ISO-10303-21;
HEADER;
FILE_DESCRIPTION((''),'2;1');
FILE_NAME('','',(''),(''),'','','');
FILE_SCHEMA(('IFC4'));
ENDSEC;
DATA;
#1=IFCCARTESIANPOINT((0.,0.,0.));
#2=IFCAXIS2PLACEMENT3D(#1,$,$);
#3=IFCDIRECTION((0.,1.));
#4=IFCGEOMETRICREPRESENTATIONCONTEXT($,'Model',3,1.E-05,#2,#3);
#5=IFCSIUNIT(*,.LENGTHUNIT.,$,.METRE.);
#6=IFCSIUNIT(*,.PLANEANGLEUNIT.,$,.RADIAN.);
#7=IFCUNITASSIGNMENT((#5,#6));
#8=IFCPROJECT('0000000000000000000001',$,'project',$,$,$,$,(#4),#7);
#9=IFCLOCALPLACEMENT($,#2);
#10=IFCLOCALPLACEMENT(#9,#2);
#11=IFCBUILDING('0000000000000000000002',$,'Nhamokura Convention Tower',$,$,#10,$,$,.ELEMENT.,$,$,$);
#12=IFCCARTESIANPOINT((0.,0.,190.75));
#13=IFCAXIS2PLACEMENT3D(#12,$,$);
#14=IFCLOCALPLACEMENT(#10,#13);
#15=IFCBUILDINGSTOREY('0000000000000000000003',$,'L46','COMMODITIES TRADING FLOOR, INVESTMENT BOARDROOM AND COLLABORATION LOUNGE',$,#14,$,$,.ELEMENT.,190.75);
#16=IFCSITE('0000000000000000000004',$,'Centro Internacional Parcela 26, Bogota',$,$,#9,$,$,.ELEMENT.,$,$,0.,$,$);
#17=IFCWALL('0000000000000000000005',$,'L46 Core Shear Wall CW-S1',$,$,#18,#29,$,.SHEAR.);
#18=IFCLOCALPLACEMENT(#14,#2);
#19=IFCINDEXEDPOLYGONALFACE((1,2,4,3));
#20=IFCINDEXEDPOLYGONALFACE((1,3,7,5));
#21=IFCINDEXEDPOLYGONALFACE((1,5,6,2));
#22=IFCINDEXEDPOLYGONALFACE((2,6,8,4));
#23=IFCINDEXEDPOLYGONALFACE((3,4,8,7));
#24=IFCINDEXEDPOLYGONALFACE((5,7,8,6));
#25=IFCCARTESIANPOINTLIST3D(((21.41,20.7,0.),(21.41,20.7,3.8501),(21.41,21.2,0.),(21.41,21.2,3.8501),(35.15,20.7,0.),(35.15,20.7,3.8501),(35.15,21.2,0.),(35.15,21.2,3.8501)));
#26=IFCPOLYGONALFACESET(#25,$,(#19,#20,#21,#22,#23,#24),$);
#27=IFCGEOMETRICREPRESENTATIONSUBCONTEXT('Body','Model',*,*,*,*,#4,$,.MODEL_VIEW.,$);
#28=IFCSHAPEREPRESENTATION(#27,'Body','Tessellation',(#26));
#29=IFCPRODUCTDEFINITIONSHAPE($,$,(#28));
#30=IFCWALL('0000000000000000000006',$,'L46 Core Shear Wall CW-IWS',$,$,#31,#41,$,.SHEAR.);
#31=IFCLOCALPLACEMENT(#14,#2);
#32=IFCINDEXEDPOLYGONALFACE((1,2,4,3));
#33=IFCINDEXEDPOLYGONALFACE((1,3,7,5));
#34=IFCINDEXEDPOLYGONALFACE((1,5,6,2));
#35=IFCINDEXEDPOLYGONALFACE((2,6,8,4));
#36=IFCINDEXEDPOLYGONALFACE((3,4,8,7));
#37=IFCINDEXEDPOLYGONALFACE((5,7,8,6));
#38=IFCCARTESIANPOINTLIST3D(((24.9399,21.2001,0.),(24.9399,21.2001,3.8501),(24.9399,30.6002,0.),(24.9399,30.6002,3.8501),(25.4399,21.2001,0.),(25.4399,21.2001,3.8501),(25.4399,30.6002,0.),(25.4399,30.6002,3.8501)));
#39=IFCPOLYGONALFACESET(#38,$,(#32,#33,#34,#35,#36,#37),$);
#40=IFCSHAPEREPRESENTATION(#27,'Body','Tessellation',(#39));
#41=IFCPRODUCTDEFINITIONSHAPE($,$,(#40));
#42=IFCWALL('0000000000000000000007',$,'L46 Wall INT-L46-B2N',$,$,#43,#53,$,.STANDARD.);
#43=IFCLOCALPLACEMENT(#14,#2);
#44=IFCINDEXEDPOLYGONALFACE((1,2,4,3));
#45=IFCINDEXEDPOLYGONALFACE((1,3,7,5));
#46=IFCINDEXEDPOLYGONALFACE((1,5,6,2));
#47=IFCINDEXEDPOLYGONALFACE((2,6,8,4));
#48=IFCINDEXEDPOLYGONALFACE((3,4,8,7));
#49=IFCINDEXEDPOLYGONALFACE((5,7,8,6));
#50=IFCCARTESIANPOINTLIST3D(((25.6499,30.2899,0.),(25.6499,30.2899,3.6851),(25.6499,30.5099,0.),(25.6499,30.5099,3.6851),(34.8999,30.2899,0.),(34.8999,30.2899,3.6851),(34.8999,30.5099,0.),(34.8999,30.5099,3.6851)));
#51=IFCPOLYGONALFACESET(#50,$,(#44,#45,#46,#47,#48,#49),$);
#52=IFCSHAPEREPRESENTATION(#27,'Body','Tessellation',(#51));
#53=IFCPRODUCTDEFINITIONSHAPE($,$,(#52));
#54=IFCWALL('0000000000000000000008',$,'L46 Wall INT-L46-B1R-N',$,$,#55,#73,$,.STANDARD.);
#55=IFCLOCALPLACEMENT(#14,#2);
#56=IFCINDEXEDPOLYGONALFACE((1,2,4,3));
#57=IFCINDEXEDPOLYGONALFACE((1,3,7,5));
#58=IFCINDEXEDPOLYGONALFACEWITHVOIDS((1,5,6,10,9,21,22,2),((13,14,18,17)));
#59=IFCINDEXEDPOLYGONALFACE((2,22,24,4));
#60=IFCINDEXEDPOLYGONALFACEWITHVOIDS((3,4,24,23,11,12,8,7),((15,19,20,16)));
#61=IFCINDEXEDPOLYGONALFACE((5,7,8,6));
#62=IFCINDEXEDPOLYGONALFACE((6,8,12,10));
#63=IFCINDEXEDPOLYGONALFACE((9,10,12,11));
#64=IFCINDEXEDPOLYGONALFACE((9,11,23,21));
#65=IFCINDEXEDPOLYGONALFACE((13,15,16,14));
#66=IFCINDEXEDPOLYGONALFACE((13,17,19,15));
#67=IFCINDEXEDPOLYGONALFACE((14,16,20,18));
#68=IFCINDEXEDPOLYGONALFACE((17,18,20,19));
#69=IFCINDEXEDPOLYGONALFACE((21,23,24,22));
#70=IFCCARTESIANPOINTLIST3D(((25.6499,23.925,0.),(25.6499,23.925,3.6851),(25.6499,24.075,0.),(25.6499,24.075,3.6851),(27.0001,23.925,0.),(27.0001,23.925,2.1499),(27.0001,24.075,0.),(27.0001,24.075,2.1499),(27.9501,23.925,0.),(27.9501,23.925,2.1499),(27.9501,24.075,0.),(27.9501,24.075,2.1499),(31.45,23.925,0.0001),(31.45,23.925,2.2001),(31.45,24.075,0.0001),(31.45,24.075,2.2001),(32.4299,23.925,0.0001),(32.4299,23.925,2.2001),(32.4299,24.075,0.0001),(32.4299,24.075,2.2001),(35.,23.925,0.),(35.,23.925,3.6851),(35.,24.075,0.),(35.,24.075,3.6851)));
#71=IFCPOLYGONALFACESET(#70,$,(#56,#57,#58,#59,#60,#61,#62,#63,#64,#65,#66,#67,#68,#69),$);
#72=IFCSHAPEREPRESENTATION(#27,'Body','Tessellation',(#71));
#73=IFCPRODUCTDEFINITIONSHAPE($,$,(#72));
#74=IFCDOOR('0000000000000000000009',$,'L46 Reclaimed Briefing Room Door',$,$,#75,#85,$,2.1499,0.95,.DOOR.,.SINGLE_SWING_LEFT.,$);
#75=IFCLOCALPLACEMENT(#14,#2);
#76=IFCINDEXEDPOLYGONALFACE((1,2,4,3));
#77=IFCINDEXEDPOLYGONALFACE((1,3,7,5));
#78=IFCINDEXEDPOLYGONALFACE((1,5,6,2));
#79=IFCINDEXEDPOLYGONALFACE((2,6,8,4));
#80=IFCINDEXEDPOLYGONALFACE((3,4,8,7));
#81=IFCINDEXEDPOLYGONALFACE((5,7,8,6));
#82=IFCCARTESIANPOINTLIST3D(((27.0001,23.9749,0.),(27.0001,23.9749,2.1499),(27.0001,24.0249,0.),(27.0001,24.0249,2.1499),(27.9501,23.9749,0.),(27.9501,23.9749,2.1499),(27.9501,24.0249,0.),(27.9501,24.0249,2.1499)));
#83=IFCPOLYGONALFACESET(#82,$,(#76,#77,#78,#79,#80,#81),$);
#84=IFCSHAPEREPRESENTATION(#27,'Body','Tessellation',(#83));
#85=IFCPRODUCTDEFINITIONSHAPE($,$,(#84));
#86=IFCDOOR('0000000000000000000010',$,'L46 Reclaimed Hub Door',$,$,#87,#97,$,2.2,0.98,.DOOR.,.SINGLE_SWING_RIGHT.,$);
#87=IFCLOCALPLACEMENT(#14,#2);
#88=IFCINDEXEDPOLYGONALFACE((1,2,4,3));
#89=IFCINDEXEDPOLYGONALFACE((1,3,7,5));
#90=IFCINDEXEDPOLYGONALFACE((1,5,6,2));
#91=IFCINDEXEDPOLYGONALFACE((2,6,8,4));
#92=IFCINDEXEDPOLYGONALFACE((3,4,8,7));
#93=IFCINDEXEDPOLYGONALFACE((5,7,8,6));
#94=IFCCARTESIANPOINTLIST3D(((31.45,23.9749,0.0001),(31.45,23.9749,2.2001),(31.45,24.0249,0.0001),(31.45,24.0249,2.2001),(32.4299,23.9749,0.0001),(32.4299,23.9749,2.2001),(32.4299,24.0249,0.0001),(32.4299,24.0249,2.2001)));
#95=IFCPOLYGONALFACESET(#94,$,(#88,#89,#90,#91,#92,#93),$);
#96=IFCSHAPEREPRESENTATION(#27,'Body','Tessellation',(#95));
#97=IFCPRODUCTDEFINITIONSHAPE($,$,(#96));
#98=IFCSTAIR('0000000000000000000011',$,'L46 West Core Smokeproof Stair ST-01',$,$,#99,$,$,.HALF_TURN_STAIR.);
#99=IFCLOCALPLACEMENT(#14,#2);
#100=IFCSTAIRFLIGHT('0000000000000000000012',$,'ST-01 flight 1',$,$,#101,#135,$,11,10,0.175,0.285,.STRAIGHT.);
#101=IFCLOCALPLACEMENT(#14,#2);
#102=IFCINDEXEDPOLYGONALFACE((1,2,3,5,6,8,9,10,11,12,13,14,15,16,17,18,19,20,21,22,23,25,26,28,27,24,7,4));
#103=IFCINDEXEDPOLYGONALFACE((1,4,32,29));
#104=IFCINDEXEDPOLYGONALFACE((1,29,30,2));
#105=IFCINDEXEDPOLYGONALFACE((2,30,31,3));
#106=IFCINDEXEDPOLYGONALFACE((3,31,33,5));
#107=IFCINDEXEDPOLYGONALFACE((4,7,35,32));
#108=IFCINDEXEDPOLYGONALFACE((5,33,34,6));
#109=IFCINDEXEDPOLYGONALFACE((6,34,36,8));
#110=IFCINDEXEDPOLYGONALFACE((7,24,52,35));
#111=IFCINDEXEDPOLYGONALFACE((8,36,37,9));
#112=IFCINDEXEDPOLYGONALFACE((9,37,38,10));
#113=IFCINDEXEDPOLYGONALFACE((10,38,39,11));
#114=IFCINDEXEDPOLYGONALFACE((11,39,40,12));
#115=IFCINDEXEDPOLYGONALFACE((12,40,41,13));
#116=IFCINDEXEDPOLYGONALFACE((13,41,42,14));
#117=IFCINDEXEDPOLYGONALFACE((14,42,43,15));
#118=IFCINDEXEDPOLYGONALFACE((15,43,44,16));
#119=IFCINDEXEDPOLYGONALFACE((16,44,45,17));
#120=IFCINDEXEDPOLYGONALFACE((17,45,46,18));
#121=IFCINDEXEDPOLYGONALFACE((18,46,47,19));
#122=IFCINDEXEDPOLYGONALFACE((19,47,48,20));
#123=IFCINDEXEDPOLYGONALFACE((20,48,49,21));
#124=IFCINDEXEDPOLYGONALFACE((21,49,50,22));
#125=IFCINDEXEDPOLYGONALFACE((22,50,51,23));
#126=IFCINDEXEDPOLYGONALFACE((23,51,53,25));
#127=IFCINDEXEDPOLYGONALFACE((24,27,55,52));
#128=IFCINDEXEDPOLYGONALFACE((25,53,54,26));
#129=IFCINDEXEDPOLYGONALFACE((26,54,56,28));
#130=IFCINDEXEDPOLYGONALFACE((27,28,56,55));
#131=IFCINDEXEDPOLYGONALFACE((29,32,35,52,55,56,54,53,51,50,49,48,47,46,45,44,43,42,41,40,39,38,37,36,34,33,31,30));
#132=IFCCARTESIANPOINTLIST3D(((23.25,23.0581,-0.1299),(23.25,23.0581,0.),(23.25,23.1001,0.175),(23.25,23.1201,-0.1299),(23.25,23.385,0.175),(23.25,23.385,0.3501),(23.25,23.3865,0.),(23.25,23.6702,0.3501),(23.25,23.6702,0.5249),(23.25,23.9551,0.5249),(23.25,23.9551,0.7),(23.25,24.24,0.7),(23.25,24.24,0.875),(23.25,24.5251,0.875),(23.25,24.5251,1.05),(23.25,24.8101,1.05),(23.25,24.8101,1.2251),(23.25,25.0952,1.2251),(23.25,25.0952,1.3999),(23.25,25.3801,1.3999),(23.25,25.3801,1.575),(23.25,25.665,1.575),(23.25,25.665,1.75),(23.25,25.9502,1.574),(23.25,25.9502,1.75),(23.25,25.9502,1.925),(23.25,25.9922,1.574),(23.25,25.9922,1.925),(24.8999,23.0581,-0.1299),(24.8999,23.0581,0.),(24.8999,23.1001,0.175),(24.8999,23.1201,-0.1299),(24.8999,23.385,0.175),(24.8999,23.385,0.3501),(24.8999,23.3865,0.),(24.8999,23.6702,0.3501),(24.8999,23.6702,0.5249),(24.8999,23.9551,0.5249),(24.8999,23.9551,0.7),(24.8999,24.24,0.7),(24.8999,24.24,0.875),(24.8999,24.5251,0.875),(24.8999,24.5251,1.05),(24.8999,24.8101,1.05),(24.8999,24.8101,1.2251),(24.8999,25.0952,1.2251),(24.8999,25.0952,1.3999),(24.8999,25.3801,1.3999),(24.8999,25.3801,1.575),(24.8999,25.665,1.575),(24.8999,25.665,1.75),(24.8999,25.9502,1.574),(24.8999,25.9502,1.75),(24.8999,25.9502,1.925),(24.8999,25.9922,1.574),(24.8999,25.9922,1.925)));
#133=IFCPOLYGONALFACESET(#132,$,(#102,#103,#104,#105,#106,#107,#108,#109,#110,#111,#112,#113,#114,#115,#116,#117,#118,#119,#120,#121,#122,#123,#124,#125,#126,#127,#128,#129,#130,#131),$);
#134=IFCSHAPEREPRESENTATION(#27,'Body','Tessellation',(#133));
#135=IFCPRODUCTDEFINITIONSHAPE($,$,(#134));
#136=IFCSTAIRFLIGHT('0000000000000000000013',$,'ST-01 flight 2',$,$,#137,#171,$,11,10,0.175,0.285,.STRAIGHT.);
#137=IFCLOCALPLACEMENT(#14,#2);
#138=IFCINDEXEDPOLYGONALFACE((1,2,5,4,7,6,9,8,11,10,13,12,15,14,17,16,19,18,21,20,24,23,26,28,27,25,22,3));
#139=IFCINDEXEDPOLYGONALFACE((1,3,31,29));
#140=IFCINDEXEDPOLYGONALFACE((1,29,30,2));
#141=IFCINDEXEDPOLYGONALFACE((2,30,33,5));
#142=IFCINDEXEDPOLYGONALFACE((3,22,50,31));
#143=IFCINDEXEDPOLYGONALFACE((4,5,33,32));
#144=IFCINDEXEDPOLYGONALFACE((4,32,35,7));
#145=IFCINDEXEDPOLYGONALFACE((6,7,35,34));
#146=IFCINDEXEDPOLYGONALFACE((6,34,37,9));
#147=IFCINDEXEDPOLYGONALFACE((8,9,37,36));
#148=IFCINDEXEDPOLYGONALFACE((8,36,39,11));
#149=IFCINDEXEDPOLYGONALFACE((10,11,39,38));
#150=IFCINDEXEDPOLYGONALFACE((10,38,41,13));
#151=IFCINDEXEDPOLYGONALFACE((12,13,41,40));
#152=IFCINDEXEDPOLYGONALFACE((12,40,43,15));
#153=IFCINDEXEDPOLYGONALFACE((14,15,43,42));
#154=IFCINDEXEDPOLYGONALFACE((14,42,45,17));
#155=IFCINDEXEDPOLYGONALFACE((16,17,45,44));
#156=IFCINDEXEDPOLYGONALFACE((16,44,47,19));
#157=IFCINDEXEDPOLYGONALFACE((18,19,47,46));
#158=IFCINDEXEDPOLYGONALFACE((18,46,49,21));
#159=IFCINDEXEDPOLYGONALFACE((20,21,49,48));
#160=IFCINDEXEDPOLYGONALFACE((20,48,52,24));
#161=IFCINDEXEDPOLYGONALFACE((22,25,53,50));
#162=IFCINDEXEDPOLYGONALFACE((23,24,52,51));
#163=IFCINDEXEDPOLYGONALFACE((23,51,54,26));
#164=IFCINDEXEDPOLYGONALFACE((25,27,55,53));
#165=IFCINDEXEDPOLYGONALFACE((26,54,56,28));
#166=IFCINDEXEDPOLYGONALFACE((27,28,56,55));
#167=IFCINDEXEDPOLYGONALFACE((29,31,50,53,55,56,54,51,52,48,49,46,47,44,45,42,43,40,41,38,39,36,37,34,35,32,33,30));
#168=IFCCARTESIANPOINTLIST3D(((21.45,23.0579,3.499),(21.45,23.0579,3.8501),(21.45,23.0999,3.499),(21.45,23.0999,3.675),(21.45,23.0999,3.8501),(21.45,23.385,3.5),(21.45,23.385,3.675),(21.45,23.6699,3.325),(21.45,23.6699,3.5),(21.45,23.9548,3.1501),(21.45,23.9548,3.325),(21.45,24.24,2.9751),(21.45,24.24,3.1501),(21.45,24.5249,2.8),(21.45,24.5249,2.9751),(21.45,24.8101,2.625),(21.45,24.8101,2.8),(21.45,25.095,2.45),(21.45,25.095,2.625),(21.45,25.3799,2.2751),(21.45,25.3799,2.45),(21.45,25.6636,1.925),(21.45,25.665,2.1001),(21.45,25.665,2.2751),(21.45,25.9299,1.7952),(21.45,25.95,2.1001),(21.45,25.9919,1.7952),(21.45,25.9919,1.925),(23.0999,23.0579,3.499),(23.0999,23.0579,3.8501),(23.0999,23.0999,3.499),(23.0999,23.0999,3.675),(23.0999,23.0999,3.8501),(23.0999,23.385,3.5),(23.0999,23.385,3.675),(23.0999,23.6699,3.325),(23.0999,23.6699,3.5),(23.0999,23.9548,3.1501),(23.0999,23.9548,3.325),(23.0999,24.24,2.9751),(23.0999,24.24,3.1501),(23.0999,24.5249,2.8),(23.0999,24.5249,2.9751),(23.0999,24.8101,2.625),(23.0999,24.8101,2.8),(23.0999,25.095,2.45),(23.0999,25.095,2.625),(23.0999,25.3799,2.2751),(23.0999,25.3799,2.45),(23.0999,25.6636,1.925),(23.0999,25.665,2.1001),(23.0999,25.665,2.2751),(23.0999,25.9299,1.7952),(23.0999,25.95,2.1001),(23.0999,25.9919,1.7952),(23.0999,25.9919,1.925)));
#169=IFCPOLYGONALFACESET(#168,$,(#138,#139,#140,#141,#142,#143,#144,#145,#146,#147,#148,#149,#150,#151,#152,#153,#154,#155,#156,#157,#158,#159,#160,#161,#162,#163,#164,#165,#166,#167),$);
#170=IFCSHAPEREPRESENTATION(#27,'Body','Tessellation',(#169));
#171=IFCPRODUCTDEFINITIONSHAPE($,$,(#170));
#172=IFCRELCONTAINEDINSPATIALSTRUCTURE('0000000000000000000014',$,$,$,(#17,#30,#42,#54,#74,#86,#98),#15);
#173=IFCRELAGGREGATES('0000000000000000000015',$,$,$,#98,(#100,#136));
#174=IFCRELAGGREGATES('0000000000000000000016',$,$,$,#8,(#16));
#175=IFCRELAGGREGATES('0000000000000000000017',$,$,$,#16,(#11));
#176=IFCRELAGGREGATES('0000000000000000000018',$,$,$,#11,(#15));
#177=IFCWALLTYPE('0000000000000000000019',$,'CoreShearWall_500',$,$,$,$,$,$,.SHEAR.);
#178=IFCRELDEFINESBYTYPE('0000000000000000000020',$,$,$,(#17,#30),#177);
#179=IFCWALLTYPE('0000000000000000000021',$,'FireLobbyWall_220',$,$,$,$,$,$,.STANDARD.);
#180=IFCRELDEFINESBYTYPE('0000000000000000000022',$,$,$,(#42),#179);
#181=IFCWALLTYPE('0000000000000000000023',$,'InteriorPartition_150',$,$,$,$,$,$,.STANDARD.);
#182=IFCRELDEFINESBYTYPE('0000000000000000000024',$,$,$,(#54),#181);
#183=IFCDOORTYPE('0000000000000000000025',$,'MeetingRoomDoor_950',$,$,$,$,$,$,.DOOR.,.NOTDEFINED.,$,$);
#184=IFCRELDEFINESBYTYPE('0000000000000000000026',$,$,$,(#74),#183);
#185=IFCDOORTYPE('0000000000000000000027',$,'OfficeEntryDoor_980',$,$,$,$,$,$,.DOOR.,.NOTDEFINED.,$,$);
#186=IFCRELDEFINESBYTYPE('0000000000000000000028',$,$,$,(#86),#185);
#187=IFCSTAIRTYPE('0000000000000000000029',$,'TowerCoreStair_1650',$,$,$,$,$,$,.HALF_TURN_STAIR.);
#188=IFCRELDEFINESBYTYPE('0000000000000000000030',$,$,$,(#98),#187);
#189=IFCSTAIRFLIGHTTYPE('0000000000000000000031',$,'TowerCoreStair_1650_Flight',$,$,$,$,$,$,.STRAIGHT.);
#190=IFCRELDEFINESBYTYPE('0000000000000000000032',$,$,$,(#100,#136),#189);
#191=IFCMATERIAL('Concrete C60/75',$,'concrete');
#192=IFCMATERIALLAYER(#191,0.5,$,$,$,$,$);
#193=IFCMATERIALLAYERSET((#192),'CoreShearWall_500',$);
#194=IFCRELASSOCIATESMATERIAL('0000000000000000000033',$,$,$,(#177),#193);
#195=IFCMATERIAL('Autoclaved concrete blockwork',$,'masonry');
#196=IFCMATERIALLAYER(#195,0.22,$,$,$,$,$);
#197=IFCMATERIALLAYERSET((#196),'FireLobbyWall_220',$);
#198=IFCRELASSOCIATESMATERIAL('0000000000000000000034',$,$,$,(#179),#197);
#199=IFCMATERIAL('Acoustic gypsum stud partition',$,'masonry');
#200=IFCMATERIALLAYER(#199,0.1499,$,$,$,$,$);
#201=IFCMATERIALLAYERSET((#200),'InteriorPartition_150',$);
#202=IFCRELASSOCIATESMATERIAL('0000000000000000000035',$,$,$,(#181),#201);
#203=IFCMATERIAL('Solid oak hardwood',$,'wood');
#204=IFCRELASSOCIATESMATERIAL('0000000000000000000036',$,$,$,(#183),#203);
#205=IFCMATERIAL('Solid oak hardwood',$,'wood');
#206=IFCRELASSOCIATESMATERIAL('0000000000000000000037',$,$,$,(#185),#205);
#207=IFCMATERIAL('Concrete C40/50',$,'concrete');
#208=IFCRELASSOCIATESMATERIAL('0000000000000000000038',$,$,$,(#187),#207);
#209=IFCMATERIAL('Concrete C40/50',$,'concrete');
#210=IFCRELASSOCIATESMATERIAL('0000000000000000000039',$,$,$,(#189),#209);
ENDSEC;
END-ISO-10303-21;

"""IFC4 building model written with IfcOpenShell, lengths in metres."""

from ifc_helpers import new_model, si_unit, direction, frame, frame_2d, origin, place, context, subcontext, project, spatial, polyline, rectangle, outline, extrude, material, layer, layer_set, type_object, element, fill, aggregate, save


model = new_model("IFC4")

# Units and contexts
model_context = context("Model", 3, precision=1e-05, world=origin(), true_north=direction((0.0, 1.0)))
body_context = subcontext(model_context, "Body", "Model", "MODEL_VIEW")
ifc_project = project(units=[si_unit("LENGTHUNIT", "METRE"), si_unit("PLANEANGLEUNIT", "RADIAN")], contexts=[model_context])

# Site, building, storey
site_placement = place(None, origin())
site = spatial("IfcSite", under=ifc_project, at=site_placement, Name="Centro Internacional Parcela 26, Bogota", CompositionType="ELEMENT", RefElevation=0.0)
building_placement = place(site_placement, origin())
building = spatial("IfcBuilding", under=site, at=building_placement, Name="Nhamokura Convention Tower", CompositionType="ELEMENT")
storey_placement = place(building_placement, frame((0.0, 0.0, 190.75)))
storey = spatial("IfcBuildingStorey", under=building, at=storey_placement, Name="L46", Description="COMMODITIES TRADING FLOOR, INVESTMENT BOARDROOM AND COLLABORATION LOUNGE", CompositionType="ELEMENT", Elevation=190.75)

# Shared definitions
ifc_material_1 = material(Name="Concrete C60/75", Category="concrete")
ifc_layer_1 = layer(ifc_material_1, 0.5)
ifc_layer_set_1 = layer_set([ifc_layer_1], Name="CoreShearWall_500")
wall_type_1 = type_object("IfcWallType", Name="CoreShearWall_500", PredefinedType="SHEAR", material=ifc_layer_set_1)

# Walls
wall_1_placement = place(storey_placement, frame((21.4099, 20.95, 0.0), z_axis=(0.0, 0.0, 1.0), x_axis=(1.0, 0.0, 0.0)))
element("IfcWall", 1, at=wall_1_placement, inside=storey, type_object=wall_type_1, Name="L46 Core Shear Wall CW-S1", PredefinedType="SHEAR", context=body_context, shape_type="SweptSolid", body=[
    extrude(rectangle(XDim=13.74, YDim=0.5, at=frame_2d((6.8701, 0.0))), origin(), (0.0, 0.0, 1.0), 3.8501),
])
wall_2_placement = place(storey_placement, frame((25.1899, 21.2, 0.0), z_axis=(0.0, 0.0, 1.0), x_axis=(0.0, 1.0, 0.0)))
element("IfcWall", 2, at=wall_2_placement, inside=storey, type_object=wall_type_1, Name="L46 Core Shear Wall CW-IWS", PredefinedType="SHEAR", context=body_context, shape_type="SweptSolid", body=[
    extrude(rectangle(XDim=9.4001, YDim=0.5, at=frame_2d((4.7002, 0.0))), origin(), (0.0, 0.0, 1.0), 3.8501),
])

# Shared definitions
ifc_material_2 = material(Name="Autoclaved concrete blockwork", Category="masonry")
ifc_layer_2 = layer(ifc_material_2, 0.22)
ifc_layer_set_2 = layer_set([ifc_layer_2], Name="FireLobbyWall_220")
wall_type_2 = type_object("IfcWallType", Name="FireLobbyWall_220", PredefinedType="STANDARD", material=ifc_layer_set_2)

# Wall
wall_3_placement = place(storey_placement, frame((25.6499, 30.3999, 0.0), z_axis=(0.0, 0.0, 1.0), x_axis=(1.0, 0.0, 0.0)))
element("IfcWall", 3, at=wall_3_placement, inside=storey, type_object=wall_type_2, Name="L46 Wall INT-L46-B2N", PredefinedType="STANDARD", context=body_context, shape_type="SweptSolid", body=[
    extrude(rectangle(XDim=9.25, YDim=0.22, at=frame_2d((4.625, 0.0))), origin(), (0.0, 0.0, 1.0), 3.6851),
])

# Wall, openings, doors
ifc_material_3 = material(Name="Acoustic gypsum stud partition", Category="masonry")
ifc_layer_3 = layer(ifc_material_3, 0.1499)
ifc_layer_set_3 = layer_set([ifc_layer_3], Name="InteriorPartition_150")
wall_type_3 = type_object("IfcWallType", Name="InteriorPartition_150", PredefinedType="STANDARD", material=ifc_layer_set_3)
wall_4_placement = place(storey_placement, frame((25.6499, 24.0, 0.0), z_axis=(0.0, 0.0, 1.0), x_axis=(1.0, 0.0, 0.0)))
wall_4 = element("IfcWall", 4, at=wall_4_placement, inside=storey, type_object=wall_type_3, Name="L46 Wall INT-L46-B1R-N", PredefinedType="STANDARD", context=body_context, shape_type="SweptSolid", body=[
    extrude(rectangle(XDim=9.3501, YDim=0.1499, at=frame_2d((4.675, 0.0))), origin(), (0.0, 0.0, 1.0), 3.6851),
])
opening_1_placement = place(wall_4_placement, frame((1.3501, 0.0, 0.0)))
opening_1 = element("IfcOpeningElement", 5, at=opening_1_placement, cuts=wall_4, PredefinedType="OPENING", context=body_context, shape_type="SweptSolid", body=[
    extrude(rectangle(XDim=0.95, YDim=2.1499, at=frame_2d((0.4751, 1.075))), frame((0.0, 0.085, 0.0), z_axis=(0.0, -1.0, 0.0), x_axis=(1.0, 0.0, 0.0)), (0.0, 0.0, 1.0), 0.1699),
])
opening_2_placement = place(wall_4_placement, frame((5.8, 0.0, 0.0)))
opening_2 = element("IfcOpeningElement", 6, at=opening_2_placement, cuts=wall_4, PredefinedType="OPENING", context=body_context, shape_type="SweptSolid", body=[
    extrude(rectangle(XDim=0.98, YDim=2.2, at=frame_2d((0.49, 1.1001))), frame((0.0, 0.085, 0.0), z_axis=(0.0, -1.0, 0.0), x_axis=(1.0, 0.0, 0.0)), (0.0, 0.0, 1.0), 0.1699),
])
ifc_material_4 = material(Name="Solid oak hardwood", Category="wood")
door_type_1 = type_object("IfcDoorType", Name="MeetingRoomDoor_950", OperationType="NOTDEFINED", PredefinedType="DOOR", material=ifc_material_4)
door_1_placement = place(opening_1_placement, origin())
door_1 = element("IfcDoor", 7, at=door_1_placement, inside=storey, type_object=door_type_1, Name="L46 Reclaimed Briefing Room Door", OperationType="SINGLE_SWING_LEFT", OverallHeight=2.1499, OverallWidth=0.95, PredefinedType="DOOR", context=body_context, shape_type="SweptSolid", body=[
    extrude(rectangle(XDim=0.95, YDim=2.1499, at=frame_2d((0.4751, 1.075))), frame((0.0, 0.0249, 0.0), z_axis=(0.0, -1.0, 0.0), x_axis=(1.0, 0.0, 0.0)), (0.0, 0.0, 1.0), 0.05),
])
fill(opening_1, door_1)
ifc_material_5 = material(Name="Solid oak hardwood", Category="wood")
door_type_2 = type_object("IfcDoorType", Name="OfficeEntryDoor_980", OperationType="NOTDEFINED", PredefinedType="DOOR", material=ifc_material_5)
door_2_placement = place(opening_2_placement, origin())
door_2 = element("IfcDoor", 8, at=door_2_placement, inside=storey, type_object=door_type_2, Name="L46 Reclaimed Hub Door", OperationType="SINGLE_SWING_RIGHT", OverallHeight=2.2, OverallWidth=0.98, PredefinedType="DOOR", context=body_context, shape_type="SweptSolid", body=[
    extrude(rectangle(XDim=0.98, YDim=2.2, at=frame_2d((0.49, 1.1001))), frame((0.0, 0.0249, 0.0), z_axis=(0.0, -1.0, 0.0), x_axis=(1.0, 0.0, 0.0)), (0.0, 0.0, 1.0), 0.05),
])
fill(opening_2, door_2)

# Stair, stair flights
ifc_material_6 = material(Name="Concrete C40/50", Category="concrete")
stair_type = type_object("IfcStairType", Name="TowerCoreStair_1650", PredefinedType="HALF_TURN_STAIR", material=ifc_material_6)
stair_placement = place(storey_placement, origin())
stair = element("IfcStair", 9, at=stair_placement, inside=storey, type_object=stair_type, Name="L46 West Core Smokeproof Stair ST-01", PredefinedType="HALF_TURN_STAIR")
ifc_material_7 = material(Name="Concrete C40/50", Category="concrete")
stair_flight_type = type_object("IfcStairFlightType", Name="TowerCoreStair_1650_Flight", PredefinedType="STRAIGHT", material=ifc_material_7)
stair_flight_1_placement = place(storey_placement, frame((24.075, 23.1001, 0.0), z_axis=(0.0, 0.0, 1.0), x_axis=(0.0, 1.0, 0.0)))
stair_flight_1 = element("IfcStairFlight", 10, at=stair_flight_1_placement, type_object=stair_flight_type, Name="ST-01 flight 1", NumberOfRisers=11, NumberOfTreads=10, PredefinedType="STRAIGHT", RiserHeight=0.175, TreadLength=0.285, context=body_context, shape_type="SweptSolid", body=[
    extrude(outline(polyline([(-0.042, 0.0), (0.0, 0.175), (0.2849, 0.175), (0.2849, 0.3501), (0.5701, 0.3501), (0.5701, 0.5249), (0.855, 0.5249), (0.855, 0.7), (1.1399, 0.7), (1.1399, 0.875), (1.425, 0.875), (1.425, 1.05), (1.71, 1.05), (1.71, 1.2251), (1.9951, 1.2251), (1.9951, 1.3999), (2.28, 1.3999), (2.28, 1.575), (2.5649, 1.575), (2.5649, 1.75), (2.8501, 1.75), (2.8501, 1.925), (2.8921, 1.925), (2.8921, 1.574), (2.8501, 1.574), (0.2864, 0.0), (0.02, -0.1299), (-0.042, -0.1299), (-0.042, 0.0)])), frame((0.0, 0.825, 0.0), z_axis=(0.0, -1.0, 0.0), x_axis=(1.0, 0.0, 0.0)), (0.0, 0.0, 1.0), 1.6499),
])
stair_flight_2_placement = place(storey_placement, frame((22.2749, 25.95, 1.925), z_axis=(0.0, 0.0, 1.0), x_axis=(0.0, -1.0, 0.0)))
stair_flight_2 = element("IfcStairFlight", 11, at=stair_flight_2_placement, type_object=stair_flight_type, Name="ST-01 flight 2", NumberOfRisers=11, NumberOfTreads=10, PredefinedType="STRAIGHT", RiserHeight=0.175, TreadLength=0.285, context=body_context, shape_type="SweptSolid", body=[
    extrude(outline(polyline([(-0.042, 0.0), (0.0, 0.175), (0.2849, 0.175), (0.2849, 0.3501), (0.5701, 0.3501), (0.5701, 0.5249), (0.855, 0.5249), (0.855, 0.7), (1.1399, 0.7), (1.1399, 0.875), (1.425, 0.875), (1.425, 1.05), (1.71, 1.05), (1.71, 1.2251), (1.9951, 1.2251), (1.9951, 1.3999), (2.28, 1.3999), (2.28, 1.575), (2.5649, 1.575), (2.5649, 1.75), (2.8501, 1.75), (2.8501, 1.925), (2.8921, 1.925), (2.8921, 1.574), (2.8501, 1.574), (0.2864, 0.0), (0.02, -0.1299), (-0.042, -0.1299), (-0.042, 0.0)])), frame((0.0, 0.825, 0.0), z_axis=(0.0, -1.0, 0.0), x_axis=(1.0, 0.0, 0.0)), (0.0, 0.0, 1.0), 1.6499),
])
aggregate(stair, [stair_flight_1, stair_flight_2])

save(model, "model.ifc")
